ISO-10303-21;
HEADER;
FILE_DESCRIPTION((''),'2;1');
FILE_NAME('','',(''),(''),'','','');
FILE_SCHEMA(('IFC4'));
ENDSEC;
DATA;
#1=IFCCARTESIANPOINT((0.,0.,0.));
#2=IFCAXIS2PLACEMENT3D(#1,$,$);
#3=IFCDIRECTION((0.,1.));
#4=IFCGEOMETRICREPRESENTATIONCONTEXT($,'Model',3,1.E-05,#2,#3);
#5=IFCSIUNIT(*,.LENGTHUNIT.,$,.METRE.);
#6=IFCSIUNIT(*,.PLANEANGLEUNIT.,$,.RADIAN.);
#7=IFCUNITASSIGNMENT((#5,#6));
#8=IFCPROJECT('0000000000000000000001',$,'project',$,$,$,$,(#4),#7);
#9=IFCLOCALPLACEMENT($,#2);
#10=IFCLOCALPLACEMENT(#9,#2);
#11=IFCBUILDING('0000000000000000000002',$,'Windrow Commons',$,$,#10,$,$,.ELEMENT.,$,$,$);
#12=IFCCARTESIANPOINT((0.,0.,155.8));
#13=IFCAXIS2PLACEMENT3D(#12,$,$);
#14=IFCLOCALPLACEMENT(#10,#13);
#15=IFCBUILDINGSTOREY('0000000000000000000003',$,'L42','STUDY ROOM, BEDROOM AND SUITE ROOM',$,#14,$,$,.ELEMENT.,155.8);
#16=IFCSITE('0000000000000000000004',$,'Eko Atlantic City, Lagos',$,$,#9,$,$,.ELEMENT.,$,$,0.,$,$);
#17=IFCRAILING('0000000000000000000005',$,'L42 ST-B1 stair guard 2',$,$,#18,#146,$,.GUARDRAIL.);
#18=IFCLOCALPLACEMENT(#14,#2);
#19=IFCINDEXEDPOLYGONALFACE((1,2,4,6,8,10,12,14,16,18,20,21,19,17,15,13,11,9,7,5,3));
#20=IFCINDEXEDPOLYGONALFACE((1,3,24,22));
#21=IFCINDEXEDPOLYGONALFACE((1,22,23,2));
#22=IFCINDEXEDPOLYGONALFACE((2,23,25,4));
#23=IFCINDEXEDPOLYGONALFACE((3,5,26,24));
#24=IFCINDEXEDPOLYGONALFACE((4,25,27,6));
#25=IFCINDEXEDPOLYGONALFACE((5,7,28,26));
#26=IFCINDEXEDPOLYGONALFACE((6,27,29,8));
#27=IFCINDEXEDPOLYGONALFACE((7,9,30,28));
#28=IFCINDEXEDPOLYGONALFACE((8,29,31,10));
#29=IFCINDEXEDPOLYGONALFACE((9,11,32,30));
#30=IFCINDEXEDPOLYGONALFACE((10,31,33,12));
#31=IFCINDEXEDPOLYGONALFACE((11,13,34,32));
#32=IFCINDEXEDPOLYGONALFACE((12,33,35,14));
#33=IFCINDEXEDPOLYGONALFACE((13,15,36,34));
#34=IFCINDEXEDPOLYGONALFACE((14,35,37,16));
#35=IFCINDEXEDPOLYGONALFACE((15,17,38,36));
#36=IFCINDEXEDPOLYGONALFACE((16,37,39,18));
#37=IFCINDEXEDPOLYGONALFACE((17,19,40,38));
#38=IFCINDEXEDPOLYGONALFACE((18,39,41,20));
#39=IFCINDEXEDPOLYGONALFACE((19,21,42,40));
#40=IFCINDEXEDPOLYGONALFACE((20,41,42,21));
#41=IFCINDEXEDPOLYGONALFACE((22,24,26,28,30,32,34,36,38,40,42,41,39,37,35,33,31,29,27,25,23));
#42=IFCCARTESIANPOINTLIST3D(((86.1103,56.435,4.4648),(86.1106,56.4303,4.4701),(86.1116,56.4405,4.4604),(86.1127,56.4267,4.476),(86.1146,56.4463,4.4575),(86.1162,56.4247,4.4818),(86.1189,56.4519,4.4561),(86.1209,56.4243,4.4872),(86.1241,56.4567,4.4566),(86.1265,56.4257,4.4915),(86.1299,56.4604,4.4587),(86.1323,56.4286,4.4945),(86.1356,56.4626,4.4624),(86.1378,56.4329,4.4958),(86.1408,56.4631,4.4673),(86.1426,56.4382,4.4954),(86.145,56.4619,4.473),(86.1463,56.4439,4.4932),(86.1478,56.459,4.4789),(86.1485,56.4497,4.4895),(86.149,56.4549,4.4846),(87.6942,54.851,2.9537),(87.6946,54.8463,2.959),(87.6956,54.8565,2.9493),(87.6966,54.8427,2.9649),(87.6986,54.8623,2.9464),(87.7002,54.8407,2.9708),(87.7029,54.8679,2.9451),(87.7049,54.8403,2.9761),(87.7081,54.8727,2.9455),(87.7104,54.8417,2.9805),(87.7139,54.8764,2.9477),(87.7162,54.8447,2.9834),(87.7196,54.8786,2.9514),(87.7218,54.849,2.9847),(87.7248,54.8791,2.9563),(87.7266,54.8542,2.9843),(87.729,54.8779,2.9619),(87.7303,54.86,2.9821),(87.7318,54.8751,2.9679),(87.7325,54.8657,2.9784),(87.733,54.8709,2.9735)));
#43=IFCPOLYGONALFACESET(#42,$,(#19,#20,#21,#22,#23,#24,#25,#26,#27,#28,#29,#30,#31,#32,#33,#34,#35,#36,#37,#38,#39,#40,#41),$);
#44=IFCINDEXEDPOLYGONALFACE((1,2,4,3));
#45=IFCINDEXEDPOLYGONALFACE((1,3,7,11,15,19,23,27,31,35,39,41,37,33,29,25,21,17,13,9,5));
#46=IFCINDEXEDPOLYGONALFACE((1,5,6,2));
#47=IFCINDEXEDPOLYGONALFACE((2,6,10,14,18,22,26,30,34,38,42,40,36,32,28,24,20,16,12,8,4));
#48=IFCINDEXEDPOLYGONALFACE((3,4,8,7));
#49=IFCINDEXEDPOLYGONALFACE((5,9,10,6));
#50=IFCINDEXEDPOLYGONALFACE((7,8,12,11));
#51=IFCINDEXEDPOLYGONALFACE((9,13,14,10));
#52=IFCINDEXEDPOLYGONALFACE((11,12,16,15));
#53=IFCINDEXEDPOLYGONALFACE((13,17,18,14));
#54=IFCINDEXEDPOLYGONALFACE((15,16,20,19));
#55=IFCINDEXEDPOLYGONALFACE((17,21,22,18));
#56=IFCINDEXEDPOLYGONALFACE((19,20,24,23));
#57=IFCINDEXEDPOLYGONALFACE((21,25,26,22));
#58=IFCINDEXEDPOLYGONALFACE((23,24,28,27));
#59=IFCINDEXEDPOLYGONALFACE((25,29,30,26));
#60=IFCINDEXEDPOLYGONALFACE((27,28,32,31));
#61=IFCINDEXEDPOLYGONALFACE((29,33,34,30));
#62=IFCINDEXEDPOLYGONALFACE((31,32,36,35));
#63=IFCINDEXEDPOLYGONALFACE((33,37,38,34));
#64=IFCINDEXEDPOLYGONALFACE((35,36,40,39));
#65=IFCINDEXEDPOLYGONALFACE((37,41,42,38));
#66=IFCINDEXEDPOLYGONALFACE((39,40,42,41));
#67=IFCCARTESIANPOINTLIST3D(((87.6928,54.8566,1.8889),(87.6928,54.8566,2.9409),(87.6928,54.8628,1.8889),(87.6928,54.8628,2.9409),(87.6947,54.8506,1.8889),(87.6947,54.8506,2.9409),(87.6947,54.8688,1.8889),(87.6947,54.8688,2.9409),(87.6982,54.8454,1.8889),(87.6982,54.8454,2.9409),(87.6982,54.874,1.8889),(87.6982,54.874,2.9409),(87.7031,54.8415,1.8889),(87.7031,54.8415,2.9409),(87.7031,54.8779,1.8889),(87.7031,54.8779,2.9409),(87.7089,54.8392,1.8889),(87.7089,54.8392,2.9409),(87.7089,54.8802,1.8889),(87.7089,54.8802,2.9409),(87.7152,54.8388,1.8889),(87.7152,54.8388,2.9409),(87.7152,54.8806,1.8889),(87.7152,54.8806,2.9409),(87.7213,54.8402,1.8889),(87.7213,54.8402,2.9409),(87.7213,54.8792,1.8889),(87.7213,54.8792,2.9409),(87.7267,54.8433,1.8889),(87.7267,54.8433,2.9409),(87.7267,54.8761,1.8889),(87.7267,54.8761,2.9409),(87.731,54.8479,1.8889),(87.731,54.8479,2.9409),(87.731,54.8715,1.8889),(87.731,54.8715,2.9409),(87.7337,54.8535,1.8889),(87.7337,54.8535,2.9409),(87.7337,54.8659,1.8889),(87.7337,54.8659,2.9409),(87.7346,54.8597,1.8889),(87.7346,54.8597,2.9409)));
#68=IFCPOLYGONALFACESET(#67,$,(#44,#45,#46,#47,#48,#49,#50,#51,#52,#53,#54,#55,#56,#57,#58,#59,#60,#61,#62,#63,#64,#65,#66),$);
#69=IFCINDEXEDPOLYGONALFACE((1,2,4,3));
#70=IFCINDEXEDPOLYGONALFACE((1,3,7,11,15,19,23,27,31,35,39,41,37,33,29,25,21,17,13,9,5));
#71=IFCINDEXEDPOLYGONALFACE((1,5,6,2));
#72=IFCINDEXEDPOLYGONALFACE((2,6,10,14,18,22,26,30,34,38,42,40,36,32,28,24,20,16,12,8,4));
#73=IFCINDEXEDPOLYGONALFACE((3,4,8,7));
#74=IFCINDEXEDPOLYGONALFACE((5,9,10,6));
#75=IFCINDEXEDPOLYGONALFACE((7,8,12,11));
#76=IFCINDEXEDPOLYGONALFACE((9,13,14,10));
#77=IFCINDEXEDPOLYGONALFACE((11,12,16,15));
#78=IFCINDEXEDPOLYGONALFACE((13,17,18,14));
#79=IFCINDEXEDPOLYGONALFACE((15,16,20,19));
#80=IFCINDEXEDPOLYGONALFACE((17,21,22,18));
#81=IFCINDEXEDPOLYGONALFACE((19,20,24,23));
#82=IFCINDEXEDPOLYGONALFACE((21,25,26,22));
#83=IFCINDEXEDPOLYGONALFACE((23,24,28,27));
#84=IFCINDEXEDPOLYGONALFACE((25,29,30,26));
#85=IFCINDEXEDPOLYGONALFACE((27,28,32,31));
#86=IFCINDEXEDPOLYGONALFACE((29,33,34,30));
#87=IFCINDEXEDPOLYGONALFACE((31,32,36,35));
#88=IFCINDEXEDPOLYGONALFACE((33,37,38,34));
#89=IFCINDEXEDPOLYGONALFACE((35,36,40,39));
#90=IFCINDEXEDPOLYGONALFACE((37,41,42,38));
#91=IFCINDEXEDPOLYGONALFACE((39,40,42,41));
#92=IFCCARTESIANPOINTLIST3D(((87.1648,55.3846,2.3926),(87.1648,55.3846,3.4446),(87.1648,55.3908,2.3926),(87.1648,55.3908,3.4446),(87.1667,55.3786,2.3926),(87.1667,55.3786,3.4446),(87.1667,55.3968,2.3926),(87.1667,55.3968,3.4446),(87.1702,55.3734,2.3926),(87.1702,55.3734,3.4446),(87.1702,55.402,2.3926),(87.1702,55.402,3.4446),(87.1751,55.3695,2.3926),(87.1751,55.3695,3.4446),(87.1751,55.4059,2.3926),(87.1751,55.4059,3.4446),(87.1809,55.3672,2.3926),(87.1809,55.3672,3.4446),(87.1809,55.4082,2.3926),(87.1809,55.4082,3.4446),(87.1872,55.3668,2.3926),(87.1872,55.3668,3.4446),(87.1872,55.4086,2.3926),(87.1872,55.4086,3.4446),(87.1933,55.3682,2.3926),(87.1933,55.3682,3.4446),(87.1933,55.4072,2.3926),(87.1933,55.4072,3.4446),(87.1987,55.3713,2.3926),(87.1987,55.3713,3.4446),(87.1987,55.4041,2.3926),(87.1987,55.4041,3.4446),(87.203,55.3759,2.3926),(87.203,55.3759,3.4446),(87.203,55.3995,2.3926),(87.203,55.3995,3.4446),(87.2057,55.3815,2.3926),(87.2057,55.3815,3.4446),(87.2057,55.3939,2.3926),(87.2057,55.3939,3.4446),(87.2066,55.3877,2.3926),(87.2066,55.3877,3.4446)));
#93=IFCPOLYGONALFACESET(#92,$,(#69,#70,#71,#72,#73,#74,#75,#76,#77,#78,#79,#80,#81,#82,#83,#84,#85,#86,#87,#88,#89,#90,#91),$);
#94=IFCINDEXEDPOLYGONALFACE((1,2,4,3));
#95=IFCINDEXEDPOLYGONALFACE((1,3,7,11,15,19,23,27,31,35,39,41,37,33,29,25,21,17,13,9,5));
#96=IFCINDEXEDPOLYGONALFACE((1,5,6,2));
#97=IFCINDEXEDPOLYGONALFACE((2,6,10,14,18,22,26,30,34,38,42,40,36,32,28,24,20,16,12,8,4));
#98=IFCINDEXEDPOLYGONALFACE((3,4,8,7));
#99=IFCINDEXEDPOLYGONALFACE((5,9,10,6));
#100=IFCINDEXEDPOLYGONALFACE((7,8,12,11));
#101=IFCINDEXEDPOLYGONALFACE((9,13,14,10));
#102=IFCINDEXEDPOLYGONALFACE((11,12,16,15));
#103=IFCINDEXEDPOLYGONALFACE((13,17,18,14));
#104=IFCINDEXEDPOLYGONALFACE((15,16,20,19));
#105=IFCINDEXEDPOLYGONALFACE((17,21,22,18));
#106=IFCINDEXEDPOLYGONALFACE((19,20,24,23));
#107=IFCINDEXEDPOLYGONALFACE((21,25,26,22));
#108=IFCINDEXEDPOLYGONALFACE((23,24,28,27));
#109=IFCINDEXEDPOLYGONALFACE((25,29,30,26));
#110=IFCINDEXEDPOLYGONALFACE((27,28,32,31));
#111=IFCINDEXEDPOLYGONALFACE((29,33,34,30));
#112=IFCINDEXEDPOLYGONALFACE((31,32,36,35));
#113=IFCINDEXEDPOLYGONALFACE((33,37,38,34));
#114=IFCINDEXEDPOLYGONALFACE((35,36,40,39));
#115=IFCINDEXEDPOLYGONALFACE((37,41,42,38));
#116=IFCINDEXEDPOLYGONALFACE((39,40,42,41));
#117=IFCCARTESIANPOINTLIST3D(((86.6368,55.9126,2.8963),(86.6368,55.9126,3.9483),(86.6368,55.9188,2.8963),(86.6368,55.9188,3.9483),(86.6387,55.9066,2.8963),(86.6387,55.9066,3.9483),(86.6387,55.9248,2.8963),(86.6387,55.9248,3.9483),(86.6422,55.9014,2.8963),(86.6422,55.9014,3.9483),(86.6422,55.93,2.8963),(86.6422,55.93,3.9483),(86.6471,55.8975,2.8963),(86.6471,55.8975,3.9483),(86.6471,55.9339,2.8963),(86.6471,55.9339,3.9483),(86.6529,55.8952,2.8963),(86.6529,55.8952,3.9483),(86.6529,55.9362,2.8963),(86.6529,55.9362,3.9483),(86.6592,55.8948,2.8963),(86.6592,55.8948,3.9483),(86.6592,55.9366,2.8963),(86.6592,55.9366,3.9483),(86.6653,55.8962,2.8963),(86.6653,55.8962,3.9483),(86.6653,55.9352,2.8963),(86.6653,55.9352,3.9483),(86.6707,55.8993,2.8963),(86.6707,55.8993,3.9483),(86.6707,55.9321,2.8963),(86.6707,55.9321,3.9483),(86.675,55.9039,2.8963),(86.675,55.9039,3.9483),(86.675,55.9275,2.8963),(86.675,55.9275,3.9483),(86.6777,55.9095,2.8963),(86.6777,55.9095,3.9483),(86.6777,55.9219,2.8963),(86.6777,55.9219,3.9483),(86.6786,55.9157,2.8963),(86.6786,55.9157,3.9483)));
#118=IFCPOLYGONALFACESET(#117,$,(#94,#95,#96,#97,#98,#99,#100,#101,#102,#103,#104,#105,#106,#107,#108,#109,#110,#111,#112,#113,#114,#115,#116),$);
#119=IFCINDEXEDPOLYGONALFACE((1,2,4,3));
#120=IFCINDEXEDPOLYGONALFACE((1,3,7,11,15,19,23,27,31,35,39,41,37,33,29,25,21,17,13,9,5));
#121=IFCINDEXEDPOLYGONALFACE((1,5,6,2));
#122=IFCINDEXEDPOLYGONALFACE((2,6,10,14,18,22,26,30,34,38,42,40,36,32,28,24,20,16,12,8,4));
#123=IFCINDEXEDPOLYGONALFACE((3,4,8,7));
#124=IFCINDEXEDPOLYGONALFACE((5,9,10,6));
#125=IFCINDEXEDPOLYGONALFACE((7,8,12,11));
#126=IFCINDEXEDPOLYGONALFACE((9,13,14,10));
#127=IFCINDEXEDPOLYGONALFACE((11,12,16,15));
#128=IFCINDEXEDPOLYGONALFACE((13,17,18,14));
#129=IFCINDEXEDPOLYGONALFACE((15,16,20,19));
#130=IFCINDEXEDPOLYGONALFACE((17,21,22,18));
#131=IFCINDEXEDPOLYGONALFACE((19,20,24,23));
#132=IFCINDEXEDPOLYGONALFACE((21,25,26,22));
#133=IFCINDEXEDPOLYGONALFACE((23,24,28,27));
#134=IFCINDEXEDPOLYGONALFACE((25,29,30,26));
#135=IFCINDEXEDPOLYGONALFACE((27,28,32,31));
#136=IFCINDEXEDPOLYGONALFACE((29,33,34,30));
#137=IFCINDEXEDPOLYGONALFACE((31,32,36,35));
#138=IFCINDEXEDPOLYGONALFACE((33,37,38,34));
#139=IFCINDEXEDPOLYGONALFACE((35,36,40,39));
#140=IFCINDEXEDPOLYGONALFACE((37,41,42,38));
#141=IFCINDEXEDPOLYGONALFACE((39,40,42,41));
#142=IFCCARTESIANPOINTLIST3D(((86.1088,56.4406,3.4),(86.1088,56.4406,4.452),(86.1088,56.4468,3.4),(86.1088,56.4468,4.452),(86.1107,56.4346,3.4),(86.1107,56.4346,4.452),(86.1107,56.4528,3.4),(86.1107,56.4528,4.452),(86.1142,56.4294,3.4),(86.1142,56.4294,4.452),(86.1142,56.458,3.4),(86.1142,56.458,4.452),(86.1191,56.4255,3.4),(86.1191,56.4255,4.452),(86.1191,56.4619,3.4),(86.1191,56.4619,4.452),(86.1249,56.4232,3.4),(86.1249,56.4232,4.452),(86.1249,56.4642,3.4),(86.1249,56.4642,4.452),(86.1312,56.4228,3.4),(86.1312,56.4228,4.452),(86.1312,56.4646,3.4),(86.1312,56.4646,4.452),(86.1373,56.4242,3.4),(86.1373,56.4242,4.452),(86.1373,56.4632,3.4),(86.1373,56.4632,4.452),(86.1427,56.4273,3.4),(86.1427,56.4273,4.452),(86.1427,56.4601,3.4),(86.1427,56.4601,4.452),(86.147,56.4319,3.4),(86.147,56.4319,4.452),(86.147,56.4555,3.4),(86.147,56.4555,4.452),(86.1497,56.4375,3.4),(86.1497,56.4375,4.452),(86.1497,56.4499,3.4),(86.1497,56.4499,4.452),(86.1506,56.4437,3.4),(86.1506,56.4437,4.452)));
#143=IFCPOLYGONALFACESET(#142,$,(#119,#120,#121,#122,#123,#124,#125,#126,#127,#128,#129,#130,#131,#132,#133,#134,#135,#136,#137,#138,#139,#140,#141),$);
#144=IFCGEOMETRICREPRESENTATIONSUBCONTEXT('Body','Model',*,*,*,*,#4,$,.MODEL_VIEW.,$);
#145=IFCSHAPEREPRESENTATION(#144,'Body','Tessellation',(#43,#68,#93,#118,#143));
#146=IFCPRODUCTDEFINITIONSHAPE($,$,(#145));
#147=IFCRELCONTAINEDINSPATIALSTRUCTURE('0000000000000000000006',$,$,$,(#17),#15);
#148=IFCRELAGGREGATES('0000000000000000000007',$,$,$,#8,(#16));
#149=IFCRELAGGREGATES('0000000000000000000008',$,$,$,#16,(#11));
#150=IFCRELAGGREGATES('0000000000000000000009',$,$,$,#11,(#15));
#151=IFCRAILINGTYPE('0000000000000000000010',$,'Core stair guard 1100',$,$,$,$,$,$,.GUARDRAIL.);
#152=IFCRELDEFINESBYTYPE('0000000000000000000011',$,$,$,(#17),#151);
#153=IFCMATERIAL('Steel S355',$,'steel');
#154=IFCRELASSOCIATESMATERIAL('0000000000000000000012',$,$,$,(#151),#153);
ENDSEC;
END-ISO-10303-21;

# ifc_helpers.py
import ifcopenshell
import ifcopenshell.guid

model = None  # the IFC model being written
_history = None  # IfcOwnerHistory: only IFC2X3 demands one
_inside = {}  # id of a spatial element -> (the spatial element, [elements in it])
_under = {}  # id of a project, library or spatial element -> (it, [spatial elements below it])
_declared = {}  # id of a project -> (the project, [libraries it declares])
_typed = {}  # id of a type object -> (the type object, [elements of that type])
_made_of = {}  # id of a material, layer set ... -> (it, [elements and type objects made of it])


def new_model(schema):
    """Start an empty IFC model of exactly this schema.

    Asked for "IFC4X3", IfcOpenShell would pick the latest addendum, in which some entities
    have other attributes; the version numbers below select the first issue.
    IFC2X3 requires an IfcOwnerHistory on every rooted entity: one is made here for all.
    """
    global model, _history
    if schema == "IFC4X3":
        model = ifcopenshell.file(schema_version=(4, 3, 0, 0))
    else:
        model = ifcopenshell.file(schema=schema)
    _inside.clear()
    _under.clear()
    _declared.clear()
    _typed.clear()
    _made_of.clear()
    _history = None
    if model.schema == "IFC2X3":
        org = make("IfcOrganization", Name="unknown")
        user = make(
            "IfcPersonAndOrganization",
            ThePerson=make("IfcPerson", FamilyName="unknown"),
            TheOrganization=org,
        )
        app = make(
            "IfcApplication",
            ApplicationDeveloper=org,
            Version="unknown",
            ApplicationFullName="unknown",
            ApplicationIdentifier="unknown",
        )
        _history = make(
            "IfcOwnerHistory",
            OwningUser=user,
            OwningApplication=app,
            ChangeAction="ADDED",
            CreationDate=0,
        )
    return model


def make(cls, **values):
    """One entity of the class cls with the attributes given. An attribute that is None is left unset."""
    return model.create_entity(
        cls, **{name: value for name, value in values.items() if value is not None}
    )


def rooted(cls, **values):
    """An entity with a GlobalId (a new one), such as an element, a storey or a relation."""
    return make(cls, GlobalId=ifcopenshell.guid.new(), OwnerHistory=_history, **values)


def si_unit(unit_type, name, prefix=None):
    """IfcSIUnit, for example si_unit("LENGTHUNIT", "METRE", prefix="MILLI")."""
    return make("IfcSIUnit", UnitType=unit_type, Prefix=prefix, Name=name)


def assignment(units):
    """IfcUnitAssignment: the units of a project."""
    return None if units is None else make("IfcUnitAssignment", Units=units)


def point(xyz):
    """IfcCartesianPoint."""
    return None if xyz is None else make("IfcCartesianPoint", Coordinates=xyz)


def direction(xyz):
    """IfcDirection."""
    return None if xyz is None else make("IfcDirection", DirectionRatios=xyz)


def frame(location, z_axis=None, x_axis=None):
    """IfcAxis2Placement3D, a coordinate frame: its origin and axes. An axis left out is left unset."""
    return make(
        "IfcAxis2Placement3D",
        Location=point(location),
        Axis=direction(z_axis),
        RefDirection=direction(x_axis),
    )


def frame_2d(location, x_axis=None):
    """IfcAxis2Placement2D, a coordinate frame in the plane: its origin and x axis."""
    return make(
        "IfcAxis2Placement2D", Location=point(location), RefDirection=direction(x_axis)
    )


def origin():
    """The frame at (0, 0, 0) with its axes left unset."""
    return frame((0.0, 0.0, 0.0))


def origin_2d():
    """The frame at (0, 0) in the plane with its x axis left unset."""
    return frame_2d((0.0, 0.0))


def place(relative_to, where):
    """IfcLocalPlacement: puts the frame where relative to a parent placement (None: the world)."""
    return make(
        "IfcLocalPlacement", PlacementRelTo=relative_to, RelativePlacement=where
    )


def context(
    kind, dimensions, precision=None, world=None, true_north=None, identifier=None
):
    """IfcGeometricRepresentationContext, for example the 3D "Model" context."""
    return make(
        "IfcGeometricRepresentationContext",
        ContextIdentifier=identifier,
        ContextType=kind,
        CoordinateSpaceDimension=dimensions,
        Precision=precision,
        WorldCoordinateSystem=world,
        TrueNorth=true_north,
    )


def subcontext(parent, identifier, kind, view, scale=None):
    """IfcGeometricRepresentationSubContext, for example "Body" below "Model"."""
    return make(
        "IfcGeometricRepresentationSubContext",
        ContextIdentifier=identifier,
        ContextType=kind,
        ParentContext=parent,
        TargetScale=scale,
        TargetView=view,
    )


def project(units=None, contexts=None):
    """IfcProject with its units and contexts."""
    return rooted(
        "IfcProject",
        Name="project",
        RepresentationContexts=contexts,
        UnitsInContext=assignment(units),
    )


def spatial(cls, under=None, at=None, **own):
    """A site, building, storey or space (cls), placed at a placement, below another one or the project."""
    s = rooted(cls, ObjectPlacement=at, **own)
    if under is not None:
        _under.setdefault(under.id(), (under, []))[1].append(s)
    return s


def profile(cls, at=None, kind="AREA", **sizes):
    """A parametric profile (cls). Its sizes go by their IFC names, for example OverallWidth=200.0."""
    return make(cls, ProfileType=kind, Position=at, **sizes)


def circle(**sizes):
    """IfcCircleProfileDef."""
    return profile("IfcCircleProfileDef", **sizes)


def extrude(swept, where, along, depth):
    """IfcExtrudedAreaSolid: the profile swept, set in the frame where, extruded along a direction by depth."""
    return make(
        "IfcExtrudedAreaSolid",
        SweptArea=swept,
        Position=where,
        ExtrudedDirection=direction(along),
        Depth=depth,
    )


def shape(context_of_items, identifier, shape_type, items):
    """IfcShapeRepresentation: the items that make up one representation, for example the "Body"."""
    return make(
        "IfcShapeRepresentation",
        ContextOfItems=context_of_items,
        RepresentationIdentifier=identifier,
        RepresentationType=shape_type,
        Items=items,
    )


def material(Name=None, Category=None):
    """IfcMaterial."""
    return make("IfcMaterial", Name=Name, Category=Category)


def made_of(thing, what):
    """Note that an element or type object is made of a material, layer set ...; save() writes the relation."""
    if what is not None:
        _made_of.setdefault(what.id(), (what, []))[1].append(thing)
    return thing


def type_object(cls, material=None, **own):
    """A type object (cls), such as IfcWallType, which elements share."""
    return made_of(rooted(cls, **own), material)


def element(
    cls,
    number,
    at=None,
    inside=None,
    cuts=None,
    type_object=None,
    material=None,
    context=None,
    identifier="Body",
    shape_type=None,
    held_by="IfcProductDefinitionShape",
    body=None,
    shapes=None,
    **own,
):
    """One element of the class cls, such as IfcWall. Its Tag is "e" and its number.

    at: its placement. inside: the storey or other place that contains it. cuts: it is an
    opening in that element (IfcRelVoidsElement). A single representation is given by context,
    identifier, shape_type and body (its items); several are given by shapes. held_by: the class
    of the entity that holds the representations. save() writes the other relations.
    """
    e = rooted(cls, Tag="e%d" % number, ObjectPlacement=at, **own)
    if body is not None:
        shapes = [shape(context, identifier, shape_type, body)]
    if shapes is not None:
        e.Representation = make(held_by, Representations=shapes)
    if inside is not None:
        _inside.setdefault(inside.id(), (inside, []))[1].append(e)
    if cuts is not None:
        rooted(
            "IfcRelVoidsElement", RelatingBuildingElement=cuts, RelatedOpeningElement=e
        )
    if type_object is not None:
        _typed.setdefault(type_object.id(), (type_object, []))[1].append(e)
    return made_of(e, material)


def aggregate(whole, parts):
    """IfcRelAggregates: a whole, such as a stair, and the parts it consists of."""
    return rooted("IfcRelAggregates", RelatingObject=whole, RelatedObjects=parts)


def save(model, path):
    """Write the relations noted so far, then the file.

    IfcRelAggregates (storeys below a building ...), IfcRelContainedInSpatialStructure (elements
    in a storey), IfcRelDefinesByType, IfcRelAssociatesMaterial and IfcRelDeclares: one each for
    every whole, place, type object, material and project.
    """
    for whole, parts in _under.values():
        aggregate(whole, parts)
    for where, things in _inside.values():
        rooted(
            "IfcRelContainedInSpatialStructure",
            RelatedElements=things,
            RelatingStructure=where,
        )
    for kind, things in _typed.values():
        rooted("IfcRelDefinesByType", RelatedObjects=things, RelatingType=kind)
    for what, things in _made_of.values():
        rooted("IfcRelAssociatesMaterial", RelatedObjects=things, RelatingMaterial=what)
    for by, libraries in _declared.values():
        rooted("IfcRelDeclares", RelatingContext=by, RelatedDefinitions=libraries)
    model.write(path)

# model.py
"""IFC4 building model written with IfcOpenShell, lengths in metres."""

from ifc_helpers import new_model, si_unit, direction, frame, origin, origin_2d, place, context, subcontext, project, spatial, circle, extrude, material, type_object, element, save


model = new_model("IFC4")

# Units and contexts
model_context = context("Model", 3, precision=1e-05, world=origin(), true_north=direction((0.0, 1.0)))
body_context = subcontext(model_context, "Body", "Model", "MODEL_VIEW")
ifc_project = project(units=[si_unit("LENGTHUNIT", "METRE"), si_unit("PLANEANGLEUNIT", "RADIAN")], contexts=[model_context])

# Site, building, storey
site_placement = place(None, origin())
site = spatial("IfcSite", under=ifc_project, at=site_placement, Name="Eko Atlantic City, Lagos", CompositionType="ELEMENT", RefElevation=0.0)
building_placement = place(site_placement, origin())
building = spatial("IfcBuilding", under=site, at=building_placement, Name="Windrow Commons", CompositionType="ELEMENT")
storey_placement = place(building_placement, frame((0.0, 0.0, 155.8)))
storey = spatial("IfcBuildingStorey", under=building, at=storey_placement, Name="L42", Description="STUDY ROOM, BEDROOM AND SUITE ROOM", CompositionType="ELEMENT", Elevation=155.8)

# Railing
ifc_material_1 = material(Name="Steel S355", Category="steel")
railing_type_1 = type_object("IfcRailingType", Name="Core stair guard 1100", PredefinedType="GUARDRAIL", material=ifc_material_1)
railing_1_placement = place(storey_placement, frame((87.7136, 54.8597, 1.8889)))
element("IfcRailing", 1, at=railing_1_placement, inside=storey, type_object=railing_type_1, Name="L42 ST-B1 stair guard 2", PredefinedType="GUARDRAIL", context=body_context, shape_type="SweptSolid", body=[
    extrude(circle(Radius=0.024, at=origin_2d()), frame((0.0, 0.0, 1.076), z_axis=(-0.586203, 0.586203, 0.559224), x_axis=(-0.707107, -0.707107, 0.0)), (0.0, 0.0, 1.0), 2.7021),
    extrude(circle(Radius=0.021, at=origin_2d()), origin(), (0.0, 0.0, 1.0), 1.052),
    extrude(circle(Radius=0.021, at=origin_2d()), frame((-0.528, 0.528, 0.5037)), (0.0, 0.0, 1.0), 1.052),
    extrude(circle(Radius=0.021, at=origin_2d()), frame((-1.056, 1.056, 1.0074)), (0.0, 0.0, 1.0), 1.052),
    extrude(circle(Radius=0.021, at=origin_2d()), frame((-1.584, 1.584, 1.5111)), (0.0, 0.0, 1.0), 1.052),
])

save(model, "model.ifc")
